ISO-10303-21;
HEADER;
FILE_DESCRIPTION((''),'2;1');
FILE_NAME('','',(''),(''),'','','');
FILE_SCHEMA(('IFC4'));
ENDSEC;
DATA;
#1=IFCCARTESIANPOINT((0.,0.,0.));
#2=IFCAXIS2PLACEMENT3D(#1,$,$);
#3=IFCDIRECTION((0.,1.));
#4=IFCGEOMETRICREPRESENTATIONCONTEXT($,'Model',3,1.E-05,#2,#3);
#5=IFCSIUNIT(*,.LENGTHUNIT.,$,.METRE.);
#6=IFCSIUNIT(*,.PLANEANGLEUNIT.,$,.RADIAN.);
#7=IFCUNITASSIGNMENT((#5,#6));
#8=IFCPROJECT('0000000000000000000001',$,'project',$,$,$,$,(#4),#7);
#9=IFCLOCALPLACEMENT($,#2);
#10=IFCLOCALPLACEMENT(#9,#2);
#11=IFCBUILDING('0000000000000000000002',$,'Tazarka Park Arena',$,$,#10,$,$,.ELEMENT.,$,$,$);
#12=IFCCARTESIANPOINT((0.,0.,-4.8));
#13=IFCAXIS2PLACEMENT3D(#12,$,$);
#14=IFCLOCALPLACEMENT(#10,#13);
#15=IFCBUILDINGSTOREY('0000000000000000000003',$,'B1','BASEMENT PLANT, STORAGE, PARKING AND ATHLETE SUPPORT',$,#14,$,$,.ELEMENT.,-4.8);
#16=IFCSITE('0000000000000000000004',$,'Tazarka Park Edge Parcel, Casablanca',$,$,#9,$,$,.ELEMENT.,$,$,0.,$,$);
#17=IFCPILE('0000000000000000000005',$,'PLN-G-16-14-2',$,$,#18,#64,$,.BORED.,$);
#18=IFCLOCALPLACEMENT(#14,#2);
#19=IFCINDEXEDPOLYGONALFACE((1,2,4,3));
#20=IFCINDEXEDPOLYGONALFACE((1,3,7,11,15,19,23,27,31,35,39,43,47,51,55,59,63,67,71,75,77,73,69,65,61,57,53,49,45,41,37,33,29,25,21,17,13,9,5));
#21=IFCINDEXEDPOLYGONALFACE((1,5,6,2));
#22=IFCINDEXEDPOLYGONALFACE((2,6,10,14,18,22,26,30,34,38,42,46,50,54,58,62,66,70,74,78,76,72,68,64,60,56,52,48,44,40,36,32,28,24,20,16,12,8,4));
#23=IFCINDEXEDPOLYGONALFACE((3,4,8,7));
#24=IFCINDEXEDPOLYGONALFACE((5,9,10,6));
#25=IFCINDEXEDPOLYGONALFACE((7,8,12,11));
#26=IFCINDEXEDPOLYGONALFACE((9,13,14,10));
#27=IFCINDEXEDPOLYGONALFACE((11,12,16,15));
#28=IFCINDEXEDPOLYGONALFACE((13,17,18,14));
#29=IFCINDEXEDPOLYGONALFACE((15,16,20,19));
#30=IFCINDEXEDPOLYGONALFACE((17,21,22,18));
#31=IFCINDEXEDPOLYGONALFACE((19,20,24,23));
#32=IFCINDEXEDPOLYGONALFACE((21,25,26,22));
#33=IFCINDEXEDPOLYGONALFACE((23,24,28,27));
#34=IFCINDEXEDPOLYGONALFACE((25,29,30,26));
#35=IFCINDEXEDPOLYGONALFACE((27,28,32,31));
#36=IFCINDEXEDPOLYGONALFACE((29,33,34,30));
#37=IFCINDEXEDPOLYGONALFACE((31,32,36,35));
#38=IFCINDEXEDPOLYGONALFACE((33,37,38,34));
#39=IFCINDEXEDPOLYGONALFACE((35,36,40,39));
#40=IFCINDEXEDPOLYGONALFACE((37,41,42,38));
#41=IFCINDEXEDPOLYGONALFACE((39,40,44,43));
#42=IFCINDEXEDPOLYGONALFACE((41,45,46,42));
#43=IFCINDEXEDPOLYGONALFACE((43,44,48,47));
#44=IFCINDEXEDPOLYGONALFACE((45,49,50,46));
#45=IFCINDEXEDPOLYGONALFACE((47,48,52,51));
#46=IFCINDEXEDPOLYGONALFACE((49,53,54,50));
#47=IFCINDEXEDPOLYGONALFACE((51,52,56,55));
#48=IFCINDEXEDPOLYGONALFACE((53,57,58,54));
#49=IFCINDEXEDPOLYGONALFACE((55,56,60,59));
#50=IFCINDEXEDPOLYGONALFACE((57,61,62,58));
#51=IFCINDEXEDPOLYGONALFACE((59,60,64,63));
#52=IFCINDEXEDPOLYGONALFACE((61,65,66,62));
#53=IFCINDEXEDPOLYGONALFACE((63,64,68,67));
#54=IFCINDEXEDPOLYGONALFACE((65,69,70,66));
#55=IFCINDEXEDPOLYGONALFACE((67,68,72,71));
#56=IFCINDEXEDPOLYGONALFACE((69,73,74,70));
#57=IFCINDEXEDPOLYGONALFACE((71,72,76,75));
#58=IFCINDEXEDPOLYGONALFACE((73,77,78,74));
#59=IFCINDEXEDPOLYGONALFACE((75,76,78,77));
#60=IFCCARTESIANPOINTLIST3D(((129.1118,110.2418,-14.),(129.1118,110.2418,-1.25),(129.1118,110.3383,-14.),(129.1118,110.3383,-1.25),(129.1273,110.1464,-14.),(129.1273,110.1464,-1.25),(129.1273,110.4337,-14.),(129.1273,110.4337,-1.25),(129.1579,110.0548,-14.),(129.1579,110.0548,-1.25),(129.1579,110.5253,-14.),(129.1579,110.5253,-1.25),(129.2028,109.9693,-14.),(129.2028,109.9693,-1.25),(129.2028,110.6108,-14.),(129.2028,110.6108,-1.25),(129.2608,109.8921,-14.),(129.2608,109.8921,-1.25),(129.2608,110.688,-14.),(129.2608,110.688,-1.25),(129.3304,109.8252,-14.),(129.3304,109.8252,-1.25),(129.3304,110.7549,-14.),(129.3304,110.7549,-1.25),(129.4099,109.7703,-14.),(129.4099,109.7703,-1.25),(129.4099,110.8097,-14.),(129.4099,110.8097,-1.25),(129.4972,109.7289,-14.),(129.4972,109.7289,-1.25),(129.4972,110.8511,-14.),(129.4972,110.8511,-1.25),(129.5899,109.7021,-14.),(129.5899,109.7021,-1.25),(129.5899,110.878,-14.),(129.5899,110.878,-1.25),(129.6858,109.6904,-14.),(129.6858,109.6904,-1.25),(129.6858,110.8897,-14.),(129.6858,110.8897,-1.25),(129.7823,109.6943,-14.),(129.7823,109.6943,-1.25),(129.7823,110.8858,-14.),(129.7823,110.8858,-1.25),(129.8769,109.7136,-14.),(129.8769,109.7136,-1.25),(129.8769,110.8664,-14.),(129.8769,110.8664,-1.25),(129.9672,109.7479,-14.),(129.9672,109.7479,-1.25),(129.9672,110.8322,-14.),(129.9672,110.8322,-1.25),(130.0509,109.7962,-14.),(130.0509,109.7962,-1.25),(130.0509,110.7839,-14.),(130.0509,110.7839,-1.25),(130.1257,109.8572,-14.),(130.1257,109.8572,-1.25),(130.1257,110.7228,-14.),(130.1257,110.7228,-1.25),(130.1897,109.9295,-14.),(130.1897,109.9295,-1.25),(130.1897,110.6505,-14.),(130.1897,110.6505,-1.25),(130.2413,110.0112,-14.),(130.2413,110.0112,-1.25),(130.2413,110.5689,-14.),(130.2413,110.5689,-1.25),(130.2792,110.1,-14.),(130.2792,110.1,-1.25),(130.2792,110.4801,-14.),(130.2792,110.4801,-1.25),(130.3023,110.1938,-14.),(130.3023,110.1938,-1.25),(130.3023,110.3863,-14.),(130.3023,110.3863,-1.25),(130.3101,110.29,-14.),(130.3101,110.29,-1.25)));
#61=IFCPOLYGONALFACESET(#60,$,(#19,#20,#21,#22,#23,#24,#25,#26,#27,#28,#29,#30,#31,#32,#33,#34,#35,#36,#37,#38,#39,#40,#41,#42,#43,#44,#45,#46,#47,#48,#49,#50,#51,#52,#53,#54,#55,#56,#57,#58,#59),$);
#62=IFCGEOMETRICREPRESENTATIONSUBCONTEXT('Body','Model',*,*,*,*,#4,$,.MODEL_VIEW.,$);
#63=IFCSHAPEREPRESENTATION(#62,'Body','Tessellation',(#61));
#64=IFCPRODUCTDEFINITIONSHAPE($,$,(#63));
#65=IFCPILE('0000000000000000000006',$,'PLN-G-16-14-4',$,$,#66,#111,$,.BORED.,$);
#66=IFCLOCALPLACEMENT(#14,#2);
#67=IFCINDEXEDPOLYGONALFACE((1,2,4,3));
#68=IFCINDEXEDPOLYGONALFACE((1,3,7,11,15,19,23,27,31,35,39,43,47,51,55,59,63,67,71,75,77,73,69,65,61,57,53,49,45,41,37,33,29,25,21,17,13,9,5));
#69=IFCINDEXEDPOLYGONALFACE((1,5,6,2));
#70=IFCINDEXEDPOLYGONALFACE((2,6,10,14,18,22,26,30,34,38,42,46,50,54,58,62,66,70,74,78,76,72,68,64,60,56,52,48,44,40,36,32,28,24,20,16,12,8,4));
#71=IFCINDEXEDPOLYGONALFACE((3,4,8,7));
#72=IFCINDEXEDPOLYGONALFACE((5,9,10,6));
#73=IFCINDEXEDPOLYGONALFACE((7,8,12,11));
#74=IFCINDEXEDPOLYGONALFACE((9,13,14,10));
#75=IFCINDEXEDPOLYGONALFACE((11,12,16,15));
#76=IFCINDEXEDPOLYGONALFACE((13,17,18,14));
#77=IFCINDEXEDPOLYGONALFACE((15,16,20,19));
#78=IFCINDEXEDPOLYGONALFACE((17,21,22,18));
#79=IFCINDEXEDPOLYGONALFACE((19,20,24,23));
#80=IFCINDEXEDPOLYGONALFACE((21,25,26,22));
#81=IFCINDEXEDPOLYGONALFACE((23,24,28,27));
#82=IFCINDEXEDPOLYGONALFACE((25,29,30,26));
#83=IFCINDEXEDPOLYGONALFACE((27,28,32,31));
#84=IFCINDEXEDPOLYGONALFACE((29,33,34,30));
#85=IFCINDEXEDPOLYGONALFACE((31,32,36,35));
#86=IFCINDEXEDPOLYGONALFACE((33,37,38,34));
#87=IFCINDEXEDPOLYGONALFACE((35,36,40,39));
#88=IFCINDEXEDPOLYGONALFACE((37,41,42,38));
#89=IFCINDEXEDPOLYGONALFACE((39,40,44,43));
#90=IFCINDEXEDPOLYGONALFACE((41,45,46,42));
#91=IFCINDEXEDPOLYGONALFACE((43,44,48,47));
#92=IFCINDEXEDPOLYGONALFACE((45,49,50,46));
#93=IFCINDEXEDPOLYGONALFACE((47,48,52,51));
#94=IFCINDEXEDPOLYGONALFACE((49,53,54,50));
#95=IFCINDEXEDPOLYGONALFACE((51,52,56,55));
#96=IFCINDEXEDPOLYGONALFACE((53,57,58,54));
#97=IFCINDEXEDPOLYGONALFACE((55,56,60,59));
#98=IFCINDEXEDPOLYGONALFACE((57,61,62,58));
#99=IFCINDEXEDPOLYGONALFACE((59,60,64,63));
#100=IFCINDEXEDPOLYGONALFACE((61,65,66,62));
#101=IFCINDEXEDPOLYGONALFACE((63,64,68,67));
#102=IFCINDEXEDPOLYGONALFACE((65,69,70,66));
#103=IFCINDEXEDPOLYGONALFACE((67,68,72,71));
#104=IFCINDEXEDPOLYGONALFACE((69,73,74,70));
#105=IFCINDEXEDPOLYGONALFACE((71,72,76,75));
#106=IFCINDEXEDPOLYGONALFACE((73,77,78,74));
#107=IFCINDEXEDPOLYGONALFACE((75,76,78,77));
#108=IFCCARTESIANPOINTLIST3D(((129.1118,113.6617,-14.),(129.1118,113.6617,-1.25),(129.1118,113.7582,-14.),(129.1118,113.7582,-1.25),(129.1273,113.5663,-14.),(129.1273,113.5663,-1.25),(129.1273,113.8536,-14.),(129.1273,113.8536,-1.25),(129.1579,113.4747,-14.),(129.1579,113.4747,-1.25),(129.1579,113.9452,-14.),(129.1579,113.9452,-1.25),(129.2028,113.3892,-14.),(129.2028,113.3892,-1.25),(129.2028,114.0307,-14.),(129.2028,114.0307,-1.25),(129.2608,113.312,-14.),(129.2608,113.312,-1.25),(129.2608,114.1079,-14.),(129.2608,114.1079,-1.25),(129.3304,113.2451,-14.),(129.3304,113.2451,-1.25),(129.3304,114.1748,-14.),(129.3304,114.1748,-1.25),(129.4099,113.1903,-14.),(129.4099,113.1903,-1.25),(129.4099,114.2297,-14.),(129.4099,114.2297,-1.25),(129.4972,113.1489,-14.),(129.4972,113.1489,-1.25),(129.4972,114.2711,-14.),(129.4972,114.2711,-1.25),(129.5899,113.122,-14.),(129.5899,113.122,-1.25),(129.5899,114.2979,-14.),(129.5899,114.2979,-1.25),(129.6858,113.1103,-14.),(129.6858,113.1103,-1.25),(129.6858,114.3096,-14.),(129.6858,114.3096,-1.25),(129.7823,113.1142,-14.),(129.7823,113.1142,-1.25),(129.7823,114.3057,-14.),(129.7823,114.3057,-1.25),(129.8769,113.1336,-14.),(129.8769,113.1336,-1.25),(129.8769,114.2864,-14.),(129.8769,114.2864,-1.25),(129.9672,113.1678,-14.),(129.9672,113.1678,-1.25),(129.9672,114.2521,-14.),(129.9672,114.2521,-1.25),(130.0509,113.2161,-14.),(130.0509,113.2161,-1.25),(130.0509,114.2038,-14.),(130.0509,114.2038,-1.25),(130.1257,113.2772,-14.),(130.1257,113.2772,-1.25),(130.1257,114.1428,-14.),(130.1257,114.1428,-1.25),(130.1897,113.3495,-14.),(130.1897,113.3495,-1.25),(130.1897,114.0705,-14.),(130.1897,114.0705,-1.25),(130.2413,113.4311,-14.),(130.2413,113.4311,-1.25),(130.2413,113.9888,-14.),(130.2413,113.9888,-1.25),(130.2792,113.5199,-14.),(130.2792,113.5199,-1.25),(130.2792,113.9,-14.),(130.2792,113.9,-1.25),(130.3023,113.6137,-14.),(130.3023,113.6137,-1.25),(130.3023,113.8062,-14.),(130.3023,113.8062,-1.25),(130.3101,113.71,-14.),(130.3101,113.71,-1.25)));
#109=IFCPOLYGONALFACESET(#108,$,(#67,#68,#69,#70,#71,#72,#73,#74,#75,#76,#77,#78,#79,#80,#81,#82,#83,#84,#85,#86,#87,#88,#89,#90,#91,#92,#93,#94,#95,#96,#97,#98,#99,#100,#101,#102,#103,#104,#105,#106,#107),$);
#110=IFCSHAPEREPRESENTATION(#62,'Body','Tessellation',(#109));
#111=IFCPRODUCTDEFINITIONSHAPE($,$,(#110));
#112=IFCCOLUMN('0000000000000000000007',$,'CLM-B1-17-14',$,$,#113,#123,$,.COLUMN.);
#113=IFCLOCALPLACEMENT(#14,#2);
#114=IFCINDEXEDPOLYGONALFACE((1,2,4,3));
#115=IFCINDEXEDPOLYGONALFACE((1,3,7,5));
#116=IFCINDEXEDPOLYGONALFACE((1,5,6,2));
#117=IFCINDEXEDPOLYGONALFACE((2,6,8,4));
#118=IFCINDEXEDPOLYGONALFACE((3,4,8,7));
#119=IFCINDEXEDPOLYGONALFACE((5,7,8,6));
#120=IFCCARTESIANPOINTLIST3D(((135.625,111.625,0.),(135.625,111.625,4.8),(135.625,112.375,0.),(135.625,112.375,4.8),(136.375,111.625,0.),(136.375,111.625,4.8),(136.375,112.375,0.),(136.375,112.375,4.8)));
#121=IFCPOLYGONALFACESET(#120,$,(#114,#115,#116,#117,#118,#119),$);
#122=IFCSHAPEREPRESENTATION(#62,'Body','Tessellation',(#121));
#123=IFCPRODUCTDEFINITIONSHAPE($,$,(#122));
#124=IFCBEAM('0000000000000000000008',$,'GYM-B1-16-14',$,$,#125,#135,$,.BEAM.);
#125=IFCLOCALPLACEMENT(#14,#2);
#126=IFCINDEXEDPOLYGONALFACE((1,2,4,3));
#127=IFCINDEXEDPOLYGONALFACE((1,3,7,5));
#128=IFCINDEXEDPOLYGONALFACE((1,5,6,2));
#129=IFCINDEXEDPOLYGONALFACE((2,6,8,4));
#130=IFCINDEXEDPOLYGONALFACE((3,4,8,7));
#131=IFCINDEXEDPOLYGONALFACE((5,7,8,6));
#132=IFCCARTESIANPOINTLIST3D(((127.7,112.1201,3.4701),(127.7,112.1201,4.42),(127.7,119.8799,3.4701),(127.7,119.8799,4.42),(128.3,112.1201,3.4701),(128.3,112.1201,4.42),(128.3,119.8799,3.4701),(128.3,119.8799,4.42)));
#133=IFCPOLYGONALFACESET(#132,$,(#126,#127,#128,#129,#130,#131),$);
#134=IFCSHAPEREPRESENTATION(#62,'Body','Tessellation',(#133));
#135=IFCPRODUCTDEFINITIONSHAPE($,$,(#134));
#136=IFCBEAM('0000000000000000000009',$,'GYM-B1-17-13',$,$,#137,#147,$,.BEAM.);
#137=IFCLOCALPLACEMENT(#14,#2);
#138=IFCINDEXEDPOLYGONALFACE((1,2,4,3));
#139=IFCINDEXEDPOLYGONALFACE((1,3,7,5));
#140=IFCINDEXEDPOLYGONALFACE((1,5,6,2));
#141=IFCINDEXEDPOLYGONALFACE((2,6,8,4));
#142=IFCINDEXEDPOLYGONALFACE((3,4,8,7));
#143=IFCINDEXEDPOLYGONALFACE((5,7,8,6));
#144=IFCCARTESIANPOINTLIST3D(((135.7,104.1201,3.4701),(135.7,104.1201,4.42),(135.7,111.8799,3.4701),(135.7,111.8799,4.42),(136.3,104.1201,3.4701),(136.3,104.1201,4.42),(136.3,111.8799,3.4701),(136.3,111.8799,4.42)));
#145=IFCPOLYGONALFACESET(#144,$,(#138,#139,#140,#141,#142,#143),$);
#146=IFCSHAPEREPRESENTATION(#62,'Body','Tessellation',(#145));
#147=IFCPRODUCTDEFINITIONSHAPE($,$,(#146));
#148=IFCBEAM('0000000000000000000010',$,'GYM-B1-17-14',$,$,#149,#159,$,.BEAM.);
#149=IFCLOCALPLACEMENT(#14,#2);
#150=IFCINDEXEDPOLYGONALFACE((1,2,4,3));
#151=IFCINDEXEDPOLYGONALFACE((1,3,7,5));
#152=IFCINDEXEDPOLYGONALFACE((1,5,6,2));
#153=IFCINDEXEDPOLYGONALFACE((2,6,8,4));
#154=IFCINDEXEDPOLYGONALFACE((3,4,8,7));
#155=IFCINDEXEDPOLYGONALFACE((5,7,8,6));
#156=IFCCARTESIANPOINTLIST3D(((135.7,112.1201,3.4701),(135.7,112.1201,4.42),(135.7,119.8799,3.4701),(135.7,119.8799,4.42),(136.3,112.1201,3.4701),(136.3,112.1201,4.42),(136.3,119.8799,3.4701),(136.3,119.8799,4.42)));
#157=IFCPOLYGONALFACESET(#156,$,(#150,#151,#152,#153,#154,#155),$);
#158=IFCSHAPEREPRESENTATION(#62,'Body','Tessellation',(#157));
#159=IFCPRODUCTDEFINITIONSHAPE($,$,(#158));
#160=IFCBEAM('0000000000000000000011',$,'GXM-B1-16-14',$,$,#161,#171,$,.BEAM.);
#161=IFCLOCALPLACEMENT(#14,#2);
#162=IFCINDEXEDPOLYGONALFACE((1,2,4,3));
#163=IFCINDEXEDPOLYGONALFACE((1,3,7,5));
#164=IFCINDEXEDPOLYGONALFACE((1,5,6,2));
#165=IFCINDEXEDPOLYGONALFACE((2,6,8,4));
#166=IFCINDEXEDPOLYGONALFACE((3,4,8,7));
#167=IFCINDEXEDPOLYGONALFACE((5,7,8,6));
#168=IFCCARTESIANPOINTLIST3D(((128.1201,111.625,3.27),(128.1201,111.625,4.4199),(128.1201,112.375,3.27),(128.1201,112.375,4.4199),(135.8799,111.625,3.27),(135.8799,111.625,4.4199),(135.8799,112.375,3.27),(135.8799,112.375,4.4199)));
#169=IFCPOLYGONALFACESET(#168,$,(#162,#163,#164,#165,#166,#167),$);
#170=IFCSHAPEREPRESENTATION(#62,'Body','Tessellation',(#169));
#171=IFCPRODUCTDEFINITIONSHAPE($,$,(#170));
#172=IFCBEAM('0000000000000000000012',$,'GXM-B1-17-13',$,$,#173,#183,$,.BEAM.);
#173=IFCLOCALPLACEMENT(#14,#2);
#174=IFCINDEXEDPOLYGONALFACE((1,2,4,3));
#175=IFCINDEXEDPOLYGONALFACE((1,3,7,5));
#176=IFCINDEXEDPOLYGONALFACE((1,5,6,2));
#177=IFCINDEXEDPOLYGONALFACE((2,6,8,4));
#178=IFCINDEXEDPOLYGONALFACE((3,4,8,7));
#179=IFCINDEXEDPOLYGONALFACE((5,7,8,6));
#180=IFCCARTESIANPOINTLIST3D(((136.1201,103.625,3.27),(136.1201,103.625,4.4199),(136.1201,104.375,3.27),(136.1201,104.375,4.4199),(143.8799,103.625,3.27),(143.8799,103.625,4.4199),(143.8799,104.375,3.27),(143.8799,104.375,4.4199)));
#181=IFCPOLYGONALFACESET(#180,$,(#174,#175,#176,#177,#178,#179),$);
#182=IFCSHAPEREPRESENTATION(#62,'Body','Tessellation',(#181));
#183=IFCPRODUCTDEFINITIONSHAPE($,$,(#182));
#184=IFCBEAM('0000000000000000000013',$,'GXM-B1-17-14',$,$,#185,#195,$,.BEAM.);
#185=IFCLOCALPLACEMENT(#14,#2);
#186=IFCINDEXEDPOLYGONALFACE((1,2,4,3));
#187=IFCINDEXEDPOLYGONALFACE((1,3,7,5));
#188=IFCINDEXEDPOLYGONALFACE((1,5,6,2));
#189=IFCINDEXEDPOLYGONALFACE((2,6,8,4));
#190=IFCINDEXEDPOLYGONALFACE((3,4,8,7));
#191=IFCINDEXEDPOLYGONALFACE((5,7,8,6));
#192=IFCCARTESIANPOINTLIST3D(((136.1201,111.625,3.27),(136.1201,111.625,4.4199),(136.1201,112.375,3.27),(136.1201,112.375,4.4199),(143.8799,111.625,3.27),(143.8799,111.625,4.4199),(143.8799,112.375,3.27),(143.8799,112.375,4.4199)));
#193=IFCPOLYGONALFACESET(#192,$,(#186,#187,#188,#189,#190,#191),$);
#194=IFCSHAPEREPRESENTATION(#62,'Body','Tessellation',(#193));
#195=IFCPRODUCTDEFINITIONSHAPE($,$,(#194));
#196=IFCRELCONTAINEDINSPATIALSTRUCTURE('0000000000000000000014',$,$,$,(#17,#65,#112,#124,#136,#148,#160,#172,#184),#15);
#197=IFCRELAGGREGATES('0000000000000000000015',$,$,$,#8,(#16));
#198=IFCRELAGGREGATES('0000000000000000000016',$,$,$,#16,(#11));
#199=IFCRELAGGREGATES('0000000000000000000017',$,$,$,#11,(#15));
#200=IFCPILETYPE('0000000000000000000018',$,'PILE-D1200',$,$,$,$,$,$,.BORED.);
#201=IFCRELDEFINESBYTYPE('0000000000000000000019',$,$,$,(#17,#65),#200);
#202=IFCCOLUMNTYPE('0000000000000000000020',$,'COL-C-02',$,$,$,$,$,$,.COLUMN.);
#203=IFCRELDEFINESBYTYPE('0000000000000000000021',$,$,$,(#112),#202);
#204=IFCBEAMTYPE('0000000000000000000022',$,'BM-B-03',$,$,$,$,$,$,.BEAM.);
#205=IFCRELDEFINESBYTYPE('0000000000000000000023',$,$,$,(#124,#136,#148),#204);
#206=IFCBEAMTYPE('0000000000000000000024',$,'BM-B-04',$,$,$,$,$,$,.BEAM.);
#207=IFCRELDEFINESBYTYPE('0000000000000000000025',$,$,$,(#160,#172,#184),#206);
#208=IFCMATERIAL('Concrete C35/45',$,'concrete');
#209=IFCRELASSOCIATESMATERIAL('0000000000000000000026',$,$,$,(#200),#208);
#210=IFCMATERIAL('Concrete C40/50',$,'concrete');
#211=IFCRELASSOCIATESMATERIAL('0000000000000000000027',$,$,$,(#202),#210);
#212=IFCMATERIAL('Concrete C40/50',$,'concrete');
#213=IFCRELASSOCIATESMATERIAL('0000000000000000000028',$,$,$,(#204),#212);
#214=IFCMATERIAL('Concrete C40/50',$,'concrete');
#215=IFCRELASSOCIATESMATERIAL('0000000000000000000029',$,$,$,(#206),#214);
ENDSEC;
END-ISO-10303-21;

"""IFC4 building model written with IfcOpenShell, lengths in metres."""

from ifc_helpers import new_model, si_unit, direction, frame, origin, origin_2d, place, context, subcontext, project, spatial, rectangle, circle, extrude, material, material_profile, profile_set, type_object, element, save


model = new_model("IFC4")

# Units and contexts
model_context = context("Model", 3, precision=1e-05, world=origin(), true_north=direction((0.0, 1.0)))
body_context = subcontext(model_context, "Body", "Model", "MODEL_VIEW")
ifc_project = project(units=[si_unit("LENGTHUNIT", "METRE"), si_unit("PLANEANGLEUNIT", "RADIAN")], contexts=[model_context])

# Site, building, storey
site_placement = place(None, origin())
site = spatial("IfcSite", under=ifc_project, at=site_placement, Name="Tazarka Park Edge Parcel, Casablanca", CompositionType="ELEMENT", RefElevation=0.0)
building_placement = place(site_placement, origin())
building = spatial("IfcBuilding", under=site, at=building_placement, Name="Tazarka Park Arena", CompositionType="ELEMENT")
storey_placement = place(building_placement, frame((0.0, 0.0, -4.8)))
storey = spatial("IfcBuildingStorey", under=building, at=storey_placement, Name="B1", Description="BASEMENT PLANT, STORAGE, PARKING AND ATHLETE SUPPORT", CompositionType="ELEMENT", Elevation=-4.8)

# Piles
ifc_material_1 = material(Name="Concrete C35/45", Category="concrete")
ifc_material_profile_1 = material_profile(ifc_material_1, circle(Radius=0.6001, at=origin_2d()), Name="Concrete C35/45")
ifc_profile_set_1 = profile_set([ifc_material_profile_1], Name="Concrete C35/45")
pile_type_1 = type_object("IfcPileType", Name="PILE-D1200", PredefinedType="BORED", material=ifc_profile_set_1)
for number, where, z_axis, x_axis, name in (
    (1, (129.71, 110.29, -1.25), (0.0, 0.0, -1.0), (1.0, 0.0, 0.0), "PLN-G-16-14-2"),
    (2, (129.71, 113.71, -1.25), (0.0, 0.0, -1.0), (1.0, 0.0, 0.0), "PLN-G-16-14-4"),
):
    element("IfcPile", number, at=place(storey_placement, frame(where, z_axis=z_axis, x_axis=x_axis)), inside=storey, type_object=pile_type_1, Name=name, PredefinedType="BORED", context=body_context, shape_type="SweptSolid", body=[
        extrude(circle(Radius=0.6001, at=origin_2d()), origin(), (0.0, 0.0, 1.0), 12.75),
    ])

# Column
ifc_material_2 = material(Name="Concrete C40/50", Category="concrete")
ifc_material_profile_2 = material_profile(ifc_material_2, rectangle(XDim=0.75, YDim=0.75, at=origin_2d()), Name="Concrete C40/50")
ifc_profile_set_2 = profile_set([ifc_material_profile_2], Name="Concrete C40/50")
column_type = type_object("IfcColumnType", Name="COL-C-02", PredefinedType="COLUMN", material=ifc_profile_set_2)
column_placement = place(storey_placement, frame((136.0, 112.0, 0.0), z_axis=(0.0, 0.0, 1.0), x_axis=(1.0, 0.0, 0.0)))
element("IfcColumn", 3, at=column_placement, inside=storey, type_object=column_type, Name="CLM-B1-17-14", PredefinedType="COLUMN", context=body_context, shape_type="SweptSolid", body=[
    extrude(rectangle(XDim=0.75, YDim=0.75, at=origin_2d()), origin(), (0.0, 0.0, 1.0), 4.8),
])

# Beams
ifc_material_3 = material(Name="Concrete C40/50", Category="concrete")
ifc_material_profile_3 = material_profile(ifc_material_3, rectangle(XDim=0.6001, YDim=0.95, at=origin_2d()), Name="Concrete C40/50")
ifc_profile_set_3 = profile_set([ifc_material_profile_3], Name="Concrete C40/50")
beam_type_1 = type_object("IfcBeamType", Name="BM-B-03", PredefinedType="BEAM", material=ifc_profile_set_3)
for number, where, z_axis, x_axis, name in (
    (4, (128.0, 112.1201, 3.9451), (0.0, 1.0, 0.0), (-1.0, 0.0, 0.0), "GYM-B1-16-14"),
    (5, (136.0, 104.1201, 3.9451), (0.0, 1.0, 0.0), (-1.0, 0.0, 0.0), "GYM-B1-17-13"),
    (6, (136.0, 112.1201, 3.9451), (0.0, 1.0, 0.0), (-1.0, 0.0, 0.0), "GYM-B1-17-14"),
):
    element("IfcBeam", number, at=place(storey_placement, frame(where, z_axis=z_axis, x_axis=x_axis)), inside=storey, type_object=beam_type_1, Name=name, PredefinedType="BEAM", context=body_context, shape_type="SweptSolid", body=[
        extrude(rectangle(XDim=0.6001, YDim=0.95, at=origin_2d()), origin(), (0.0, 0.0, 1.0), 7.7598),
    ])
ifc_material_4 = material(Name="Concrete C40/50", Category="concrete")
ifc_material_profile_4 = material_profile(ifc_material_4, rectangle(XDim=0.75, YDim=1.1499, at=origin_2d()), Name="Concrete C40/50")
ifc_profile_set_4 = profile_set([ifc_material_profile_4], Name="Concrete C40/50")
beam_type_2 = type_object("IfcBeamType", Name="BM-B-04", PredefinedType="BEAM", material=ifc_profile_set_4)
for number, where, z_axis, x_axis, name in (
    (7, (128.1201, 112.0, 3.845), (1.0, 0.0, 0.0), (0.0, 1.0, 0.0), "GXM-B1-16-14"),
    (8, (136.1201, 104.0, 3.845), (1.0, 0.0, 0.0), (0.0, 1.0, 0.0), "GXM-B1-17-13"),
    (9, (136.1201, 112.0, 3.845), (1.0, 0.0, 0.0), (0.0, 1.0, 0.0), "GXM-B1-17-14"),
):
    element("IfcBeam", number, at=place(storey_placement, frame(where, z_axis=z_axis, x_axis=x_axis)), inside=storey, type_object=beam_type_2, Name=name, PredefinedType="BEAM", context=body_context, shape_type="SweptSolid", body=[
        extrude(rectangle(XDim=0.75, YDim=1.1499, at=origin_2d()), origin(), (0.0, 0.0, 1.0), 7.7598),
    ])

save(model, "model.ifc")
